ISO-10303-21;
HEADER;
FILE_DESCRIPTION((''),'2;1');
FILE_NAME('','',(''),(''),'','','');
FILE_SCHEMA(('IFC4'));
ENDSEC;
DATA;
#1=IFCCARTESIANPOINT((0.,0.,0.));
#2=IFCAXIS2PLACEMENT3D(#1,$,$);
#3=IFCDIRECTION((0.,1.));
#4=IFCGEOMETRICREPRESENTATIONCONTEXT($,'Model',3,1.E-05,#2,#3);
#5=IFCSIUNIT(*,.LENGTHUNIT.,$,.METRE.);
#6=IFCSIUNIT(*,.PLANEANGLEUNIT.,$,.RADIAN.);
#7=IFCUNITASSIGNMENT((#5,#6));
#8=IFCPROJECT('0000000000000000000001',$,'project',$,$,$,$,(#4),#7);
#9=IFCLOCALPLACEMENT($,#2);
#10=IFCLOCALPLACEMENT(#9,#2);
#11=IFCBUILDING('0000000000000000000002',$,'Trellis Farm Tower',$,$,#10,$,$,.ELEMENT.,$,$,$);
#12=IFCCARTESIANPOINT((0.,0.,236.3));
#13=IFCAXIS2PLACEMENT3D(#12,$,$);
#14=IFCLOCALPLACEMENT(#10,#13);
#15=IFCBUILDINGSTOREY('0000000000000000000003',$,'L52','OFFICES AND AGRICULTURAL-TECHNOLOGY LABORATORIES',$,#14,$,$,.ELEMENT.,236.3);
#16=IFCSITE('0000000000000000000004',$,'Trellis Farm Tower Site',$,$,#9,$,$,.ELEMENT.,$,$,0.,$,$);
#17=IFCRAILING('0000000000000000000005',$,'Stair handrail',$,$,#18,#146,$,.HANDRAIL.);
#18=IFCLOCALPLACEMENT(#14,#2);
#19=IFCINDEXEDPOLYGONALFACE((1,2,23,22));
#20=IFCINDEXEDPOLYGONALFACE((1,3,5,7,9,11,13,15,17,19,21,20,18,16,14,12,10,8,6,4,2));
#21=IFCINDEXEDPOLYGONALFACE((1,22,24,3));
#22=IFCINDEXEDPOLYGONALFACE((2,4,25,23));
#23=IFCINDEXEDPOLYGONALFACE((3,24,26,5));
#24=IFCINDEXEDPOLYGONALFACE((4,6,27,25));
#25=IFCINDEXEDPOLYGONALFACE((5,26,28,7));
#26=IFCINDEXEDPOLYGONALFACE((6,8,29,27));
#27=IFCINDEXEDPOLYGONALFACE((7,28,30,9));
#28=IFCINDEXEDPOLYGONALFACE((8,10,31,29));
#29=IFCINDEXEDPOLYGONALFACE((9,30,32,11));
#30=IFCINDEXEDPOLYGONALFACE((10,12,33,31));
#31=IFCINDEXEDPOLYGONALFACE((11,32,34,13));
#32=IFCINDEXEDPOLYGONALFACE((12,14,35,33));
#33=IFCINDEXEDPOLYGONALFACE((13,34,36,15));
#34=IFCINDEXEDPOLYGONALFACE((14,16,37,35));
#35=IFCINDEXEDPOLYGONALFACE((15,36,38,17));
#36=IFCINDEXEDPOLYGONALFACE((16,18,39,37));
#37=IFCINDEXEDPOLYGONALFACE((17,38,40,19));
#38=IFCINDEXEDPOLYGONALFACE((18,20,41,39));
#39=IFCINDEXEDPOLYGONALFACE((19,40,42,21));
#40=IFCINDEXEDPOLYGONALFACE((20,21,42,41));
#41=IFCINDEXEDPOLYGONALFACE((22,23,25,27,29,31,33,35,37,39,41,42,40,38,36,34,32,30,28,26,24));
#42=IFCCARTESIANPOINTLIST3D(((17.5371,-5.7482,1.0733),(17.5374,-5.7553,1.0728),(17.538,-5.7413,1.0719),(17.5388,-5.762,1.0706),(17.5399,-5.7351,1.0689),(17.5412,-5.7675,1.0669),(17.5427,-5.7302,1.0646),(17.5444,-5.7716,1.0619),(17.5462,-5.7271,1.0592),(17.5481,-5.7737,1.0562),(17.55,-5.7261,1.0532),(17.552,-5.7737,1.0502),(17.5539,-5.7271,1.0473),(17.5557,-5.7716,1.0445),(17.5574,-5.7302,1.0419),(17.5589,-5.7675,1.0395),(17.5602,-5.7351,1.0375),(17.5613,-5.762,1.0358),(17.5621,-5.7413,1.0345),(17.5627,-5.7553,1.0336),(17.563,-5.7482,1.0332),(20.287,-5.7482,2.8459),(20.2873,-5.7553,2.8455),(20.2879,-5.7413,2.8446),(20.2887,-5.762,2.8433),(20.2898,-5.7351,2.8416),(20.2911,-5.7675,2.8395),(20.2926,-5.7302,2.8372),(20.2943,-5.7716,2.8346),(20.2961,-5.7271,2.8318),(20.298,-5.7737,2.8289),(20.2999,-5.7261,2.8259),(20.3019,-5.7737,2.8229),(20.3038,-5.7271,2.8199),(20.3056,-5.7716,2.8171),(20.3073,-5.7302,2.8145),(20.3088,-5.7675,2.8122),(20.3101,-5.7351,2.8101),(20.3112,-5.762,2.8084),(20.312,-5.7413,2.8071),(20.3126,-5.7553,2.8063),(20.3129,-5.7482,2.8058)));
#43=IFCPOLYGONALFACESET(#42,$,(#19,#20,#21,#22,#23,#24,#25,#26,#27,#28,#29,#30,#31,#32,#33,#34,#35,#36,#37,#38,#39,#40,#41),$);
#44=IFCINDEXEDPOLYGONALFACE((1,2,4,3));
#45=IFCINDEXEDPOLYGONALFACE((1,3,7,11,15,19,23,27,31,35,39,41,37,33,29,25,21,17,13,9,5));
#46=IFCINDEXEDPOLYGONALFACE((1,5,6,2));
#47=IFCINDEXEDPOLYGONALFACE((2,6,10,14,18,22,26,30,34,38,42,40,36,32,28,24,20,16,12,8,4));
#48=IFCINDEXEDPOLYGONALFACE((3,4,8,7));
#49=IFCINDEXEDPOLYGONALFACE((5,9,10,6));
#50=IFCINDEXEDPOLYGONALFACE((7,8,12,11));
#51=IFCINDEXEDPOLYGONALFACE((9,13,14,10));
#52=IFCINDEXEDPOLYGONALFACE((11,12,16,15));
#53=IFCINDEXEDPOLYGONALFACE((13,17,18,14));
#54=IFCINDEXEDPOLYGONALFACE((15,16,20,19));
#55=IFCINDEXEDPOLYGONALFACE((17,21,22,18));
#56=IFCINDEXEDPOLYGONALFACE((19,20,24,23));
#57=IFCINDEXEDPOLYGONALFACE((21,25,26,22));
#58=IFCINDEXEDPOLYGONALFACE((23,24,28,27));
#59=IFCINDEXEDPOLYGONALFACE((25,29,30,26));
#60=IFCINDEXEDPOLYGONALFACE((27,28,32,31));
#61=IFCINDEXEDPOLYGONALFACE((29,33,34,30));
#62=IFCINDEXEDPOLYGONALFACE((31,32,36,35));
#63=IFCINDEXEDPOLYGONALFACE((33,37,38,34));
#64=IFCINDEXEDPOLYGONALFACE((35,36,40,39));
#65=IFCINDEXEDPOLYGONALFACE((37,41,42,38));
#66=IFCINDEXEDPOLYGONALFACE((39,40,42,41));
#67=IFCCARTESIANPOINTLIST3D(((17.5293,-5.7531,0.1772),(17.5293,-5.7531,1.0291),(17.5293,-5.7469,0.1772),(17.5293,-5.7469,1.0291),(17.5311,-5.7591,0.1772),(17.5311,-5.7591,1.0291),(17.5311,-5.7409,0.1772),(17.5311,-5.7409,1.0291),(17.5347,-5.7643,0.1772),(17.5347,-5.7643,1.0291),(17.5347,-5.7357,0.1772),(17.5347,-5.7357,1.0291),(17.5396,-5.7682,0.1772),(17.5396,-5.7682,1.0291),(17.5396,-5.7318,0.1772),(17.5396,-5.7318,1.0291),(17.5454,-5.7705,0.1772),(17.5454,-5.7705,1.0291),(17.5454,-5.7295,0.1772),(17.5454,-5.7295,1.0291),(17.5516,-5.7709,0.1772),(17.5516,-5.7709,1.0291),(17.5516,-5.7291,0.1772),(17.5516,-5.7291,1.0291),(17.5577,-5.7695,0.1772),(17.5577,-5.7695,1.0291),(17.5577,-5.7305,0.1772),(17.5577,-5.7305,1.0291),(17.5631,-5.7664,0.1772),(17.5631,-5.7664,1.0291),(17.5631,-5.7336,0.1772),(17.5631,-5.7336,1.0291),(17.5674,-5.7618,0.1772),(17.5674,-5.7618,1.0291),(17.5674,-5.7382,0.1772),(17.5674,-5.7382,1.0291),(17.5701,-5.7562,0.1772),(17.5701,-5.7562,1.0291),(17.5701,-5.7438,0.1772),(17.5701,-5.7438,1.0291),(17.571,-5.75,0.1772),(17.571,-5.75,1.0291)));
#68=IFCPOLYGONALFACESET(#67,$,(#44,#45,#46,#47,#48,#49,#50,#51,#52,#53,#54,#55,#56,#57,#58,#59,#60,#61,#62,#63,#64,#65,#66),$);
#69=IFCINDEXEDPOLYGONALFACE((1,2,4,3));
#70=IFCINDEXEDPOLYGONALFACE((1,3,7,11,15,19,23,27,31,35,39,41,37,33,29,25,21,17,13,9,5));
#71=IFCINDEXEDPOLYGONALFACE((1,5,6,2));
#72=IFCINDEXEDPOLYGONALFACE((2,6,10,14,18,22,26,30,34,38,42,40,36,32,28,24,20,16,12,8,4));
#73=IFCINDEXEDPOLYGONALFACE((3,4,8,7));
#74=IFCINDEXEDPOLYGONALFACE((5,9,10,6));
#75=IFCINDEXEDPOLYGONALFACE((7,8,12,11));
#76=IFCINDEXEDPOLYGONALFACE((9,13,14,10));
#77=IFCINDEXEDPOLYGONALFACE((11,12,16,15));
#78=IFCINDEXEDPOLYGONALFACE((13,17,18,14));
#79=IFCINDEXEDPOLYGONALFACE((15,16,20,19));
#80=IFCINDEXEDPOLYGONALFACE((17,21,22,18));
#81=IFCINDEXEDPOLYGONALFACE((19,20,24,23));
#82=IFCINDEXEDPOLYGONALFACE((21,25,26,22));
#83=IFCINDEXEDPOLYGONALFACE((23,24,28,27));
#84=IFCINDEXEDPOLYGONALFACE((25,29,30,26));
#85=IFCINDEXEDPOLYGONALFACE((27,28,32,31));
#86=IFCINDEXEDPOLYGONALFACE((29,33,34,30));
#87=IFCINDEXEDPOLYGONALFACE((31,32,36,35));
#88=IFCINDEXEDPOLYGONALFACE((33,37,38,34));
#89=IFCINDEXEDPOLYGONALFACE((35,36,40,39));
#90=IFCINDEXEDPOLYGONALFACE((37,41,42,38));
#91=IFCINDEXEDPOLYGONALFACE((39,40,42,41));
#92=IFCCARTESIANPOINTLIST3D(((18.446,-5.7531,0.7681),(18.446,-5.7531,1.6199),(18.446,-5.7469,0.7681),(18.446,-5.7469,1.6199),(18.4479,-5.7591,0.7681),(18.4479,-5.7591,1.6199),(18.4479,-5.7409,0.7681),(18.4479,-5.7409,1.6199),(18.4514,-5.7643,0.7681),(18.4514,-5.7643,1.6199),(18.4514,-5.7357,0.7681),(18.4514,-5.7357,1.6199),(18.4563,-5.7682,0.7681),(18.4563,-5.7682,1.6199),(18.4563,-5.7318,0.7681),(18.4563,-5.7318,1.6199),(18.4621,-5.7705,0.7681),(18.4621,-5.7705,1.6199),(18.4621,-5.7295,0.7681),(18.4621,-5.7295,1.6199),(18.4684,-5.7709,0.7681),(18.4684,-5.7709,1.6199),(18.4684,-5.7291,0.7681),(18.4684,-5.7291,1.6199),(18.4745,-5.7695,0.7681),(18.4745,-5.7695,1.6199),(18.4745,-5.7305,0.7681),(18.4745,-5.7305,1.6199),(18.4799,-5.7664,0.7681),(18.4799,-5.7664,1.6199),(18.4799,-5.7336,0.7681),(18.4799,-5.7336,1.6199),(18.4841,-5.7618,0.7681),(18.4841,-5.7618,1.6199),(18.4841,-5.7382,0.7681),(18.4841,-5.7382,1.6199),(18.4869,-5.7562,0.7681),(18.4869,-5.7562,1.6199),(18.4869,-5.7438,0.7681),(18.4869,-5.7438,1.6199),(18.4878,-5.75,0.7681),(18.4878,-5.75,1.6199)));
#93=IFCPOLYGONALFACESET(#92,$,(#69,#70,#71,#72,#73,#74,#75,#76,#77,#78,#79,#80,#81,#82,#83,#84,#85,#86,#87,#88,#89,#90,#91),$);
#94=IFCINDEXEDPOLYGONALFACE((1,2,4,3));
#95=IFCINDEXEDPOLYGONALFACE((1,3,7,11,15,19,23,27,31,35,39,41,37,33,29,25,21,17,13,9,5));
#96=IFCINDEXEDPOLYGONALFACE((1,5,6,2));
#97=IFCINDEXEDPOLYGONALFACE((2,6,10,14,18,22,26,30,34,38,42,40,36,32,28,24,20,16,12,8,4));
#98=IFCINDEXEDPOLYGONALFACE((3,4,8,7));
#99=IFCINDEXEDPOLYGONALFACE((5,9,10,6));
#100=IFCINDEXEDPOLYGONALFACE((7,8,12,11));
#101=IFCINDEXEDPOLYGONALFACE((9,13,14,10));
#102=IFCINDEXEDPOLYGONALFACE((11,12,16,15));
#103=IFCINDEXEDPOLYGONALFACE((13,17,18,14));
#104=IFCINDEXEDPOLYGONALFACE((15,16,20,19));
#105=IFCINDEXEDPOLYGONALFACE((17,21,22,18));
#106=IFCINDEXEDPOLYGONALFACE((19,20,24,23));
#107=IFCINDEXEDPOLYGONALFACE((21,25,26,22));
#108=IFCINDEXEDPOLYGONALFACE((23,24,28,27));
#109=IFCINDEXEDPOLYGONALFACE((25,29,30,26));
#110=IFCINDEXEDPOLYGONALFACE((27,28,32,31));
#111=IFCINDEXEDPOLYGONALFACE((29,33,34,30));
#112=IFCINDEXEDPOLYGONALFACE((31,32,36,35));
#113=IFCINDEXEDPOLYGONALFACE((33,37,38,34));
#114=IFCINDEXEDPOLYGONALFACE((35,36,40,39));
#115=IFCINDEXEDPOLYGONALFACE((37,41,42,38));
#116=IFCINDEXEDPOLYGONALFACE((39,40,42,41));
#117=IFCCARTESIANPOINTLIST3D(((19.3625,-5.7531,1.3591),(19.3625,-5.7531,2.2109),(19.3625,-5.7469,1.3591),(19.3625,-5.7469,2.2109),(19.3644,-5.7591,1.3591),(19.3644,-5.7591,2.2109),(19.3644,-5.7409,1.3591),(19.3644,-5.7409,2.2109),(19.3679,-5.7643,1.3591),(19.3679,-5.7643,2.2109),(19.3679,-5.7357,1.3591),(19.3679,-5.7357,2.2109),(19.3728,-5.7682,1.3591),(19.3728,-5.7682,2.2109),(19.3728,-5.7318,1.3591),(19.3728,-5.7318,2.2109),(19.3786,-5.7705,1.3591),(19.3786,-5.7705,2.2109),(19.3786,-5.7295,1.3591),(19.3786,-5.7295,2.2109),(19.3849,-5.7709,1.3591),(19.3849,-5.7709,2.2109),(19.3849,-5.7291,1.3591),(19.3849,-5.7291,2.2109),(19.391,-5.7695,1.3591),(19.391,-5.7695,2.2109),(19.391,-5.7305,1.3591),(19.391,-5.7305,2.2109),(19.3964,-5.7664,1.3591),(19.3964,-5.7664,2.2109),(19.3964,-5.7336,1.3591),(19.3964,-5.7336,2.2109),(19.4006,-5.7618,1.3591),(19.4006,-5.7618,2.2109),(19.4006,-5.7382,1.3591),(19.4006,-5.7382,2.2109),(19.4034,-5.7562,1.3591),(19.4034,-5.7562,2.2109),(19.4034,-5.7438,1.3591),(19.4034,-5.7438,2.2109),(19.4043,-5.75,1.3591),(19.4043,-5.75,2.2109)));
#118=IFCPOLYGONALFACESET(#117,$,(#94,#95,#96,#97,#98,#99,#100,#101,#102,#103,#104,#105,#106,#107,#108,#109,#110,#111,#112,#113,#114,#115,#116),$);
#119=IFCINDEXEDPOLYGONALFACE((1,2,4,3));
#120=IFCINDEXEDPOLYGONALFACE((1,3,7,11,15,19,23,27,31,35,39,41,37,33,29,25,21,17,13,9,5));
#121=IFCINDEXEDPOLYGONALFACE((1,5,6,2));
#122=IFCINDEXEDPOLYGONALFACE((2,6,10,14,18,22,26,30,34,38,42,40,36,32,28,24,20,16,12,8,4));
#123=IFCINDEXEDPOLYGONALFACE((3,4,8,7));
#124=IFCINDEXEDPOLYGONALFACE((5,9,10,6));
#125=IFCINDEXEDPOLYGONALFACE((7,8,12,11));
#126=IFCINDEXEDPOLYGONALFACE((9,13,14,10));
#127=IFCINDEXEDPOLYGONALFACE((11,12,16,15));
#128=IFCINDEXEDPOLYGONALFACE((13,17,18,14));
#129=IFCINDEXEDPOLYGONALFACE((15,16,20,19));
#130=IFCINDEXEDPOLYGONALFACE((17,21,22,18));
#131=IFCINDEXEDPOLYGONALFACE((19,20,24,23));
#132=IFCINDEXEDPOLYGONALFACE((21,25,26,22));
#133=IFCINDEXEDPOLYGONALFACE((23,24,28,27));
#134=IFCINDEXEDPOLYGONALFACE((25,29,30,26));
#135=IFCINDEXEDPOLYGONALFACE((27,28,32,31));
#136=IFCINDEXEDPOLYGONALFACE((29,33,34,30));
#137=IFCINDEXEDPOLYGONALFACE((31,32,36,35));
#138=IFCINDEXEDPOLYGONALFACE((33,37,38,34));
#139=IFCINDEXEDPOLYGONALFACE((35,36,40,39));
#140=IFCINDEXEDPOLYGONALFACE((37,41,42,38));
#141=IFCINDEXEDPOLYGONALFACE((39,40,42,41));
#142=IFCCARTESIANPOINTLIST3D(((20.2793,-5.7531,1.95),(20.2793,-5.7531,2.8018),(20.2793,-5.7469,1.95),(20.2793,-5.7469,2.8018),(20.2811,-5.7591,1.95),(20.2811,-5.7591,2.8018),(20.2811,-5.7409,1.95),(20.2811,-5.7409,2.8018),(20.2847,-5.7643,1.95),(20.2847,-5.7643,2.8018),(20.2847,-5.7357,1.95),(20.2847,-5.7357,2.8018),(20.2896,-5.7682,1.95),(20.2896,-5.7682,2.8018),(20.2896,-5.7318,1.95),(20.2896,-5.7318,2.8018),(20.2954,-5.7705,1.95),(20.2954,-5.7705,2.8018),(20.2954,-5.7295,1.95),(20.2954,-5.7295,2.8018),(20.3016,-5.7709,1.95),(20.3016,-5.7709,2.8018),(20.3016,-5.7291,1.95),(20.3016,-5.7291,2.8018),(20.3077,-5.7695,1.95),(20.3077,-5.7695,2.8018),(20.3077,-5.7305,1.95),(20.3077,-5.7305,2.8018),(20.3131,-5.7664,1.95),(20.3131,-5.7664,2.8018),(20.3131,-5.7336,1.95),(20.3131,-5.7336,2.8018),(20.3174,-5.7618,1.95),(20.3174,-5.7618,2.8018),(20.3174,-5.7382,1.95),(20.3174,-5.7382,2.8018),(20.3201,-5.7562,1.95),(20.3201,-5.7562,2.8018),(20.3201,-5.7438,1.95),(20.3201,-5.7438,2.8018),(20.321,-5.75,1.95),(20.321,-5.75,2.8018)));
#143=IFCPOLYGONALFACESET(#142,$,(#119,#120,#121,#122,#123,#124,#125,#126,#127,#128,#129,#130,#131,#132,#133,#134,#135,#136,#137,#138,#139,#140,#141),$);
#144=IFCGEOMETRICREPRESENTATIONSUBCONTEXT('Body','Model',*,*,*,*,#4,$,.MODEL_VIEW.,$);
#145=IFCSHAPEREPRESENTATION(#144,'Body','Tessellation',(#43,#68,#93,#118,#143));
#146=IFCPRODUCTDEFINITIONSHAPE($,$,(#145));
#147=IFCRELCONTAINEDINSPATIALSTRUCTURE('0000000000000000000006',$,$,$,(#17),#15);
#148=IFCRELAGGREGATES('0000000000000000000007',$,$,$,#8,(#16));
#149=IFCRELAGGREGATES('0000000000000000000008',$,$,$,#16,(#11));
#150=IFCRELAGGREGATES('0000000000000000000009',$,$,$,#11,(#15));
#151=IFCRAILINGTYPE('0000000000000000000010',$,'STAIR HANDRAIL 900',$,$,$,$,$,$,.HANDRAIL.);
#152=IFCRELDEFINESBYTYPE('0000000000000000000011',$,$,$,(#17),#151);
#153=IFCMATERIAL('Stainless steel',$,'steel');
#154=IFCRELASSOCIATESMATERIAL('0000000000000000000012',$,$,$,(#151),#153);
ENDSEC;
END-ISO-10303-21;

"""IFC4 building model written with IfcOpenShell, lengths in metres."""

from ifc_helpers import new_model, si_unit, direction, frame, origin, origin_2d, place, context, subcontext, project, spatial, circle, extrude, source, transform, mapped, material, type_object, element, save


model = new_model("IFC4")

# Units and contexts
model_context = context("Model", 3, precision=1e-05, world=origin(), true_north=direction((0.0, 1.0)))
body_context = subcontext(model_context, "Body", "Model", "MODEL_VIEW")
ifc_project = project(units=[si_unit("LENGTHUNIT", "METRE"), si_unit("PLANEANGLEUNIT", "RADIAN")], contexts=[model_context])

# Site, building, storey
site_placement = place(None, origin())
site = spatial("IfcSite", under=ifc_project, at=site_placement, Name="Trellis Farm Tower Site", CompositionType="ELEMENT", RefElevation=0.0)
building_placement = place(site_placement, origin())
building = spatial("IfcBuilding", under=site, at=building_placement, Name="Trellis Farm Tower", CompositionType="ELEMENT")
storey_placement = place(building_placement, frame((0.0, 0.0, 236.3)))
storey = spatial("IfcBuildingStorey", under=building, at=storey_placement, Name="L52", Description="OFFICES AND AGRICULTURAL-TECHNOLOGY LABORATORIES", CompositionType="ELEMENT", Elevation=236.3)

# Railing
ifc_material_1 = material(Name="Stainless steel", Category="steel")
railing_type = type_object("IfcRailingType", Name="STAIR HANDRAIL 900", PredefinedType="HANDRAIL", material=ifc_material_1)
shared_shape_1 = source(origin(), body_context, "Body", "SweptSolid", [
    extrude(circle(Radius=0.0239, at=origin_2d()), frame((0.0, 0.0, 0.876), z_axis=(0.840504, 0.0, 0.541806), x_axis=(0.0, 1.0, 0.0)), (0.0, 0.0, 1.0), 3.2717),
    extrude(circle(Radius=0.021, at=origin_2d()), origin(), (0.0, 0.0, 1.0), 0.8518),
    extrude(circle(Radius=0.021, at=origin_2d()), frame((0.9167, 0.0, 0.5908)), (0.0, 0.0, 1.0), 0.8518),
    extrude(circle(Radius=0.021, at=origin_2d()), frame((1.8333, 0.0, 1.1819)), (0.0, 0.0, 1.0), 0.8518),
    extrude(circle(Radius=0.021, at=origin_2d()), frame((2.75, 0.0, 1.7727)), (0.0, 0.0, 1.0), 0.8518),
])
railing_placement = place(storey_placement, frame((17.55, -5.75, 0.1772)))
element("IfcRailing", 1, at=railing_placement, inside=storey, type_object=railing_type, Name="Stair handrail", PredefinedType="HANDRAIL", context=body_context, shape_type="MappedRepresentation", body=[
    mapped(shared_shape_1, transform((0.0, 0.0, 0.0))),
])

save(model, "model.ifc")
